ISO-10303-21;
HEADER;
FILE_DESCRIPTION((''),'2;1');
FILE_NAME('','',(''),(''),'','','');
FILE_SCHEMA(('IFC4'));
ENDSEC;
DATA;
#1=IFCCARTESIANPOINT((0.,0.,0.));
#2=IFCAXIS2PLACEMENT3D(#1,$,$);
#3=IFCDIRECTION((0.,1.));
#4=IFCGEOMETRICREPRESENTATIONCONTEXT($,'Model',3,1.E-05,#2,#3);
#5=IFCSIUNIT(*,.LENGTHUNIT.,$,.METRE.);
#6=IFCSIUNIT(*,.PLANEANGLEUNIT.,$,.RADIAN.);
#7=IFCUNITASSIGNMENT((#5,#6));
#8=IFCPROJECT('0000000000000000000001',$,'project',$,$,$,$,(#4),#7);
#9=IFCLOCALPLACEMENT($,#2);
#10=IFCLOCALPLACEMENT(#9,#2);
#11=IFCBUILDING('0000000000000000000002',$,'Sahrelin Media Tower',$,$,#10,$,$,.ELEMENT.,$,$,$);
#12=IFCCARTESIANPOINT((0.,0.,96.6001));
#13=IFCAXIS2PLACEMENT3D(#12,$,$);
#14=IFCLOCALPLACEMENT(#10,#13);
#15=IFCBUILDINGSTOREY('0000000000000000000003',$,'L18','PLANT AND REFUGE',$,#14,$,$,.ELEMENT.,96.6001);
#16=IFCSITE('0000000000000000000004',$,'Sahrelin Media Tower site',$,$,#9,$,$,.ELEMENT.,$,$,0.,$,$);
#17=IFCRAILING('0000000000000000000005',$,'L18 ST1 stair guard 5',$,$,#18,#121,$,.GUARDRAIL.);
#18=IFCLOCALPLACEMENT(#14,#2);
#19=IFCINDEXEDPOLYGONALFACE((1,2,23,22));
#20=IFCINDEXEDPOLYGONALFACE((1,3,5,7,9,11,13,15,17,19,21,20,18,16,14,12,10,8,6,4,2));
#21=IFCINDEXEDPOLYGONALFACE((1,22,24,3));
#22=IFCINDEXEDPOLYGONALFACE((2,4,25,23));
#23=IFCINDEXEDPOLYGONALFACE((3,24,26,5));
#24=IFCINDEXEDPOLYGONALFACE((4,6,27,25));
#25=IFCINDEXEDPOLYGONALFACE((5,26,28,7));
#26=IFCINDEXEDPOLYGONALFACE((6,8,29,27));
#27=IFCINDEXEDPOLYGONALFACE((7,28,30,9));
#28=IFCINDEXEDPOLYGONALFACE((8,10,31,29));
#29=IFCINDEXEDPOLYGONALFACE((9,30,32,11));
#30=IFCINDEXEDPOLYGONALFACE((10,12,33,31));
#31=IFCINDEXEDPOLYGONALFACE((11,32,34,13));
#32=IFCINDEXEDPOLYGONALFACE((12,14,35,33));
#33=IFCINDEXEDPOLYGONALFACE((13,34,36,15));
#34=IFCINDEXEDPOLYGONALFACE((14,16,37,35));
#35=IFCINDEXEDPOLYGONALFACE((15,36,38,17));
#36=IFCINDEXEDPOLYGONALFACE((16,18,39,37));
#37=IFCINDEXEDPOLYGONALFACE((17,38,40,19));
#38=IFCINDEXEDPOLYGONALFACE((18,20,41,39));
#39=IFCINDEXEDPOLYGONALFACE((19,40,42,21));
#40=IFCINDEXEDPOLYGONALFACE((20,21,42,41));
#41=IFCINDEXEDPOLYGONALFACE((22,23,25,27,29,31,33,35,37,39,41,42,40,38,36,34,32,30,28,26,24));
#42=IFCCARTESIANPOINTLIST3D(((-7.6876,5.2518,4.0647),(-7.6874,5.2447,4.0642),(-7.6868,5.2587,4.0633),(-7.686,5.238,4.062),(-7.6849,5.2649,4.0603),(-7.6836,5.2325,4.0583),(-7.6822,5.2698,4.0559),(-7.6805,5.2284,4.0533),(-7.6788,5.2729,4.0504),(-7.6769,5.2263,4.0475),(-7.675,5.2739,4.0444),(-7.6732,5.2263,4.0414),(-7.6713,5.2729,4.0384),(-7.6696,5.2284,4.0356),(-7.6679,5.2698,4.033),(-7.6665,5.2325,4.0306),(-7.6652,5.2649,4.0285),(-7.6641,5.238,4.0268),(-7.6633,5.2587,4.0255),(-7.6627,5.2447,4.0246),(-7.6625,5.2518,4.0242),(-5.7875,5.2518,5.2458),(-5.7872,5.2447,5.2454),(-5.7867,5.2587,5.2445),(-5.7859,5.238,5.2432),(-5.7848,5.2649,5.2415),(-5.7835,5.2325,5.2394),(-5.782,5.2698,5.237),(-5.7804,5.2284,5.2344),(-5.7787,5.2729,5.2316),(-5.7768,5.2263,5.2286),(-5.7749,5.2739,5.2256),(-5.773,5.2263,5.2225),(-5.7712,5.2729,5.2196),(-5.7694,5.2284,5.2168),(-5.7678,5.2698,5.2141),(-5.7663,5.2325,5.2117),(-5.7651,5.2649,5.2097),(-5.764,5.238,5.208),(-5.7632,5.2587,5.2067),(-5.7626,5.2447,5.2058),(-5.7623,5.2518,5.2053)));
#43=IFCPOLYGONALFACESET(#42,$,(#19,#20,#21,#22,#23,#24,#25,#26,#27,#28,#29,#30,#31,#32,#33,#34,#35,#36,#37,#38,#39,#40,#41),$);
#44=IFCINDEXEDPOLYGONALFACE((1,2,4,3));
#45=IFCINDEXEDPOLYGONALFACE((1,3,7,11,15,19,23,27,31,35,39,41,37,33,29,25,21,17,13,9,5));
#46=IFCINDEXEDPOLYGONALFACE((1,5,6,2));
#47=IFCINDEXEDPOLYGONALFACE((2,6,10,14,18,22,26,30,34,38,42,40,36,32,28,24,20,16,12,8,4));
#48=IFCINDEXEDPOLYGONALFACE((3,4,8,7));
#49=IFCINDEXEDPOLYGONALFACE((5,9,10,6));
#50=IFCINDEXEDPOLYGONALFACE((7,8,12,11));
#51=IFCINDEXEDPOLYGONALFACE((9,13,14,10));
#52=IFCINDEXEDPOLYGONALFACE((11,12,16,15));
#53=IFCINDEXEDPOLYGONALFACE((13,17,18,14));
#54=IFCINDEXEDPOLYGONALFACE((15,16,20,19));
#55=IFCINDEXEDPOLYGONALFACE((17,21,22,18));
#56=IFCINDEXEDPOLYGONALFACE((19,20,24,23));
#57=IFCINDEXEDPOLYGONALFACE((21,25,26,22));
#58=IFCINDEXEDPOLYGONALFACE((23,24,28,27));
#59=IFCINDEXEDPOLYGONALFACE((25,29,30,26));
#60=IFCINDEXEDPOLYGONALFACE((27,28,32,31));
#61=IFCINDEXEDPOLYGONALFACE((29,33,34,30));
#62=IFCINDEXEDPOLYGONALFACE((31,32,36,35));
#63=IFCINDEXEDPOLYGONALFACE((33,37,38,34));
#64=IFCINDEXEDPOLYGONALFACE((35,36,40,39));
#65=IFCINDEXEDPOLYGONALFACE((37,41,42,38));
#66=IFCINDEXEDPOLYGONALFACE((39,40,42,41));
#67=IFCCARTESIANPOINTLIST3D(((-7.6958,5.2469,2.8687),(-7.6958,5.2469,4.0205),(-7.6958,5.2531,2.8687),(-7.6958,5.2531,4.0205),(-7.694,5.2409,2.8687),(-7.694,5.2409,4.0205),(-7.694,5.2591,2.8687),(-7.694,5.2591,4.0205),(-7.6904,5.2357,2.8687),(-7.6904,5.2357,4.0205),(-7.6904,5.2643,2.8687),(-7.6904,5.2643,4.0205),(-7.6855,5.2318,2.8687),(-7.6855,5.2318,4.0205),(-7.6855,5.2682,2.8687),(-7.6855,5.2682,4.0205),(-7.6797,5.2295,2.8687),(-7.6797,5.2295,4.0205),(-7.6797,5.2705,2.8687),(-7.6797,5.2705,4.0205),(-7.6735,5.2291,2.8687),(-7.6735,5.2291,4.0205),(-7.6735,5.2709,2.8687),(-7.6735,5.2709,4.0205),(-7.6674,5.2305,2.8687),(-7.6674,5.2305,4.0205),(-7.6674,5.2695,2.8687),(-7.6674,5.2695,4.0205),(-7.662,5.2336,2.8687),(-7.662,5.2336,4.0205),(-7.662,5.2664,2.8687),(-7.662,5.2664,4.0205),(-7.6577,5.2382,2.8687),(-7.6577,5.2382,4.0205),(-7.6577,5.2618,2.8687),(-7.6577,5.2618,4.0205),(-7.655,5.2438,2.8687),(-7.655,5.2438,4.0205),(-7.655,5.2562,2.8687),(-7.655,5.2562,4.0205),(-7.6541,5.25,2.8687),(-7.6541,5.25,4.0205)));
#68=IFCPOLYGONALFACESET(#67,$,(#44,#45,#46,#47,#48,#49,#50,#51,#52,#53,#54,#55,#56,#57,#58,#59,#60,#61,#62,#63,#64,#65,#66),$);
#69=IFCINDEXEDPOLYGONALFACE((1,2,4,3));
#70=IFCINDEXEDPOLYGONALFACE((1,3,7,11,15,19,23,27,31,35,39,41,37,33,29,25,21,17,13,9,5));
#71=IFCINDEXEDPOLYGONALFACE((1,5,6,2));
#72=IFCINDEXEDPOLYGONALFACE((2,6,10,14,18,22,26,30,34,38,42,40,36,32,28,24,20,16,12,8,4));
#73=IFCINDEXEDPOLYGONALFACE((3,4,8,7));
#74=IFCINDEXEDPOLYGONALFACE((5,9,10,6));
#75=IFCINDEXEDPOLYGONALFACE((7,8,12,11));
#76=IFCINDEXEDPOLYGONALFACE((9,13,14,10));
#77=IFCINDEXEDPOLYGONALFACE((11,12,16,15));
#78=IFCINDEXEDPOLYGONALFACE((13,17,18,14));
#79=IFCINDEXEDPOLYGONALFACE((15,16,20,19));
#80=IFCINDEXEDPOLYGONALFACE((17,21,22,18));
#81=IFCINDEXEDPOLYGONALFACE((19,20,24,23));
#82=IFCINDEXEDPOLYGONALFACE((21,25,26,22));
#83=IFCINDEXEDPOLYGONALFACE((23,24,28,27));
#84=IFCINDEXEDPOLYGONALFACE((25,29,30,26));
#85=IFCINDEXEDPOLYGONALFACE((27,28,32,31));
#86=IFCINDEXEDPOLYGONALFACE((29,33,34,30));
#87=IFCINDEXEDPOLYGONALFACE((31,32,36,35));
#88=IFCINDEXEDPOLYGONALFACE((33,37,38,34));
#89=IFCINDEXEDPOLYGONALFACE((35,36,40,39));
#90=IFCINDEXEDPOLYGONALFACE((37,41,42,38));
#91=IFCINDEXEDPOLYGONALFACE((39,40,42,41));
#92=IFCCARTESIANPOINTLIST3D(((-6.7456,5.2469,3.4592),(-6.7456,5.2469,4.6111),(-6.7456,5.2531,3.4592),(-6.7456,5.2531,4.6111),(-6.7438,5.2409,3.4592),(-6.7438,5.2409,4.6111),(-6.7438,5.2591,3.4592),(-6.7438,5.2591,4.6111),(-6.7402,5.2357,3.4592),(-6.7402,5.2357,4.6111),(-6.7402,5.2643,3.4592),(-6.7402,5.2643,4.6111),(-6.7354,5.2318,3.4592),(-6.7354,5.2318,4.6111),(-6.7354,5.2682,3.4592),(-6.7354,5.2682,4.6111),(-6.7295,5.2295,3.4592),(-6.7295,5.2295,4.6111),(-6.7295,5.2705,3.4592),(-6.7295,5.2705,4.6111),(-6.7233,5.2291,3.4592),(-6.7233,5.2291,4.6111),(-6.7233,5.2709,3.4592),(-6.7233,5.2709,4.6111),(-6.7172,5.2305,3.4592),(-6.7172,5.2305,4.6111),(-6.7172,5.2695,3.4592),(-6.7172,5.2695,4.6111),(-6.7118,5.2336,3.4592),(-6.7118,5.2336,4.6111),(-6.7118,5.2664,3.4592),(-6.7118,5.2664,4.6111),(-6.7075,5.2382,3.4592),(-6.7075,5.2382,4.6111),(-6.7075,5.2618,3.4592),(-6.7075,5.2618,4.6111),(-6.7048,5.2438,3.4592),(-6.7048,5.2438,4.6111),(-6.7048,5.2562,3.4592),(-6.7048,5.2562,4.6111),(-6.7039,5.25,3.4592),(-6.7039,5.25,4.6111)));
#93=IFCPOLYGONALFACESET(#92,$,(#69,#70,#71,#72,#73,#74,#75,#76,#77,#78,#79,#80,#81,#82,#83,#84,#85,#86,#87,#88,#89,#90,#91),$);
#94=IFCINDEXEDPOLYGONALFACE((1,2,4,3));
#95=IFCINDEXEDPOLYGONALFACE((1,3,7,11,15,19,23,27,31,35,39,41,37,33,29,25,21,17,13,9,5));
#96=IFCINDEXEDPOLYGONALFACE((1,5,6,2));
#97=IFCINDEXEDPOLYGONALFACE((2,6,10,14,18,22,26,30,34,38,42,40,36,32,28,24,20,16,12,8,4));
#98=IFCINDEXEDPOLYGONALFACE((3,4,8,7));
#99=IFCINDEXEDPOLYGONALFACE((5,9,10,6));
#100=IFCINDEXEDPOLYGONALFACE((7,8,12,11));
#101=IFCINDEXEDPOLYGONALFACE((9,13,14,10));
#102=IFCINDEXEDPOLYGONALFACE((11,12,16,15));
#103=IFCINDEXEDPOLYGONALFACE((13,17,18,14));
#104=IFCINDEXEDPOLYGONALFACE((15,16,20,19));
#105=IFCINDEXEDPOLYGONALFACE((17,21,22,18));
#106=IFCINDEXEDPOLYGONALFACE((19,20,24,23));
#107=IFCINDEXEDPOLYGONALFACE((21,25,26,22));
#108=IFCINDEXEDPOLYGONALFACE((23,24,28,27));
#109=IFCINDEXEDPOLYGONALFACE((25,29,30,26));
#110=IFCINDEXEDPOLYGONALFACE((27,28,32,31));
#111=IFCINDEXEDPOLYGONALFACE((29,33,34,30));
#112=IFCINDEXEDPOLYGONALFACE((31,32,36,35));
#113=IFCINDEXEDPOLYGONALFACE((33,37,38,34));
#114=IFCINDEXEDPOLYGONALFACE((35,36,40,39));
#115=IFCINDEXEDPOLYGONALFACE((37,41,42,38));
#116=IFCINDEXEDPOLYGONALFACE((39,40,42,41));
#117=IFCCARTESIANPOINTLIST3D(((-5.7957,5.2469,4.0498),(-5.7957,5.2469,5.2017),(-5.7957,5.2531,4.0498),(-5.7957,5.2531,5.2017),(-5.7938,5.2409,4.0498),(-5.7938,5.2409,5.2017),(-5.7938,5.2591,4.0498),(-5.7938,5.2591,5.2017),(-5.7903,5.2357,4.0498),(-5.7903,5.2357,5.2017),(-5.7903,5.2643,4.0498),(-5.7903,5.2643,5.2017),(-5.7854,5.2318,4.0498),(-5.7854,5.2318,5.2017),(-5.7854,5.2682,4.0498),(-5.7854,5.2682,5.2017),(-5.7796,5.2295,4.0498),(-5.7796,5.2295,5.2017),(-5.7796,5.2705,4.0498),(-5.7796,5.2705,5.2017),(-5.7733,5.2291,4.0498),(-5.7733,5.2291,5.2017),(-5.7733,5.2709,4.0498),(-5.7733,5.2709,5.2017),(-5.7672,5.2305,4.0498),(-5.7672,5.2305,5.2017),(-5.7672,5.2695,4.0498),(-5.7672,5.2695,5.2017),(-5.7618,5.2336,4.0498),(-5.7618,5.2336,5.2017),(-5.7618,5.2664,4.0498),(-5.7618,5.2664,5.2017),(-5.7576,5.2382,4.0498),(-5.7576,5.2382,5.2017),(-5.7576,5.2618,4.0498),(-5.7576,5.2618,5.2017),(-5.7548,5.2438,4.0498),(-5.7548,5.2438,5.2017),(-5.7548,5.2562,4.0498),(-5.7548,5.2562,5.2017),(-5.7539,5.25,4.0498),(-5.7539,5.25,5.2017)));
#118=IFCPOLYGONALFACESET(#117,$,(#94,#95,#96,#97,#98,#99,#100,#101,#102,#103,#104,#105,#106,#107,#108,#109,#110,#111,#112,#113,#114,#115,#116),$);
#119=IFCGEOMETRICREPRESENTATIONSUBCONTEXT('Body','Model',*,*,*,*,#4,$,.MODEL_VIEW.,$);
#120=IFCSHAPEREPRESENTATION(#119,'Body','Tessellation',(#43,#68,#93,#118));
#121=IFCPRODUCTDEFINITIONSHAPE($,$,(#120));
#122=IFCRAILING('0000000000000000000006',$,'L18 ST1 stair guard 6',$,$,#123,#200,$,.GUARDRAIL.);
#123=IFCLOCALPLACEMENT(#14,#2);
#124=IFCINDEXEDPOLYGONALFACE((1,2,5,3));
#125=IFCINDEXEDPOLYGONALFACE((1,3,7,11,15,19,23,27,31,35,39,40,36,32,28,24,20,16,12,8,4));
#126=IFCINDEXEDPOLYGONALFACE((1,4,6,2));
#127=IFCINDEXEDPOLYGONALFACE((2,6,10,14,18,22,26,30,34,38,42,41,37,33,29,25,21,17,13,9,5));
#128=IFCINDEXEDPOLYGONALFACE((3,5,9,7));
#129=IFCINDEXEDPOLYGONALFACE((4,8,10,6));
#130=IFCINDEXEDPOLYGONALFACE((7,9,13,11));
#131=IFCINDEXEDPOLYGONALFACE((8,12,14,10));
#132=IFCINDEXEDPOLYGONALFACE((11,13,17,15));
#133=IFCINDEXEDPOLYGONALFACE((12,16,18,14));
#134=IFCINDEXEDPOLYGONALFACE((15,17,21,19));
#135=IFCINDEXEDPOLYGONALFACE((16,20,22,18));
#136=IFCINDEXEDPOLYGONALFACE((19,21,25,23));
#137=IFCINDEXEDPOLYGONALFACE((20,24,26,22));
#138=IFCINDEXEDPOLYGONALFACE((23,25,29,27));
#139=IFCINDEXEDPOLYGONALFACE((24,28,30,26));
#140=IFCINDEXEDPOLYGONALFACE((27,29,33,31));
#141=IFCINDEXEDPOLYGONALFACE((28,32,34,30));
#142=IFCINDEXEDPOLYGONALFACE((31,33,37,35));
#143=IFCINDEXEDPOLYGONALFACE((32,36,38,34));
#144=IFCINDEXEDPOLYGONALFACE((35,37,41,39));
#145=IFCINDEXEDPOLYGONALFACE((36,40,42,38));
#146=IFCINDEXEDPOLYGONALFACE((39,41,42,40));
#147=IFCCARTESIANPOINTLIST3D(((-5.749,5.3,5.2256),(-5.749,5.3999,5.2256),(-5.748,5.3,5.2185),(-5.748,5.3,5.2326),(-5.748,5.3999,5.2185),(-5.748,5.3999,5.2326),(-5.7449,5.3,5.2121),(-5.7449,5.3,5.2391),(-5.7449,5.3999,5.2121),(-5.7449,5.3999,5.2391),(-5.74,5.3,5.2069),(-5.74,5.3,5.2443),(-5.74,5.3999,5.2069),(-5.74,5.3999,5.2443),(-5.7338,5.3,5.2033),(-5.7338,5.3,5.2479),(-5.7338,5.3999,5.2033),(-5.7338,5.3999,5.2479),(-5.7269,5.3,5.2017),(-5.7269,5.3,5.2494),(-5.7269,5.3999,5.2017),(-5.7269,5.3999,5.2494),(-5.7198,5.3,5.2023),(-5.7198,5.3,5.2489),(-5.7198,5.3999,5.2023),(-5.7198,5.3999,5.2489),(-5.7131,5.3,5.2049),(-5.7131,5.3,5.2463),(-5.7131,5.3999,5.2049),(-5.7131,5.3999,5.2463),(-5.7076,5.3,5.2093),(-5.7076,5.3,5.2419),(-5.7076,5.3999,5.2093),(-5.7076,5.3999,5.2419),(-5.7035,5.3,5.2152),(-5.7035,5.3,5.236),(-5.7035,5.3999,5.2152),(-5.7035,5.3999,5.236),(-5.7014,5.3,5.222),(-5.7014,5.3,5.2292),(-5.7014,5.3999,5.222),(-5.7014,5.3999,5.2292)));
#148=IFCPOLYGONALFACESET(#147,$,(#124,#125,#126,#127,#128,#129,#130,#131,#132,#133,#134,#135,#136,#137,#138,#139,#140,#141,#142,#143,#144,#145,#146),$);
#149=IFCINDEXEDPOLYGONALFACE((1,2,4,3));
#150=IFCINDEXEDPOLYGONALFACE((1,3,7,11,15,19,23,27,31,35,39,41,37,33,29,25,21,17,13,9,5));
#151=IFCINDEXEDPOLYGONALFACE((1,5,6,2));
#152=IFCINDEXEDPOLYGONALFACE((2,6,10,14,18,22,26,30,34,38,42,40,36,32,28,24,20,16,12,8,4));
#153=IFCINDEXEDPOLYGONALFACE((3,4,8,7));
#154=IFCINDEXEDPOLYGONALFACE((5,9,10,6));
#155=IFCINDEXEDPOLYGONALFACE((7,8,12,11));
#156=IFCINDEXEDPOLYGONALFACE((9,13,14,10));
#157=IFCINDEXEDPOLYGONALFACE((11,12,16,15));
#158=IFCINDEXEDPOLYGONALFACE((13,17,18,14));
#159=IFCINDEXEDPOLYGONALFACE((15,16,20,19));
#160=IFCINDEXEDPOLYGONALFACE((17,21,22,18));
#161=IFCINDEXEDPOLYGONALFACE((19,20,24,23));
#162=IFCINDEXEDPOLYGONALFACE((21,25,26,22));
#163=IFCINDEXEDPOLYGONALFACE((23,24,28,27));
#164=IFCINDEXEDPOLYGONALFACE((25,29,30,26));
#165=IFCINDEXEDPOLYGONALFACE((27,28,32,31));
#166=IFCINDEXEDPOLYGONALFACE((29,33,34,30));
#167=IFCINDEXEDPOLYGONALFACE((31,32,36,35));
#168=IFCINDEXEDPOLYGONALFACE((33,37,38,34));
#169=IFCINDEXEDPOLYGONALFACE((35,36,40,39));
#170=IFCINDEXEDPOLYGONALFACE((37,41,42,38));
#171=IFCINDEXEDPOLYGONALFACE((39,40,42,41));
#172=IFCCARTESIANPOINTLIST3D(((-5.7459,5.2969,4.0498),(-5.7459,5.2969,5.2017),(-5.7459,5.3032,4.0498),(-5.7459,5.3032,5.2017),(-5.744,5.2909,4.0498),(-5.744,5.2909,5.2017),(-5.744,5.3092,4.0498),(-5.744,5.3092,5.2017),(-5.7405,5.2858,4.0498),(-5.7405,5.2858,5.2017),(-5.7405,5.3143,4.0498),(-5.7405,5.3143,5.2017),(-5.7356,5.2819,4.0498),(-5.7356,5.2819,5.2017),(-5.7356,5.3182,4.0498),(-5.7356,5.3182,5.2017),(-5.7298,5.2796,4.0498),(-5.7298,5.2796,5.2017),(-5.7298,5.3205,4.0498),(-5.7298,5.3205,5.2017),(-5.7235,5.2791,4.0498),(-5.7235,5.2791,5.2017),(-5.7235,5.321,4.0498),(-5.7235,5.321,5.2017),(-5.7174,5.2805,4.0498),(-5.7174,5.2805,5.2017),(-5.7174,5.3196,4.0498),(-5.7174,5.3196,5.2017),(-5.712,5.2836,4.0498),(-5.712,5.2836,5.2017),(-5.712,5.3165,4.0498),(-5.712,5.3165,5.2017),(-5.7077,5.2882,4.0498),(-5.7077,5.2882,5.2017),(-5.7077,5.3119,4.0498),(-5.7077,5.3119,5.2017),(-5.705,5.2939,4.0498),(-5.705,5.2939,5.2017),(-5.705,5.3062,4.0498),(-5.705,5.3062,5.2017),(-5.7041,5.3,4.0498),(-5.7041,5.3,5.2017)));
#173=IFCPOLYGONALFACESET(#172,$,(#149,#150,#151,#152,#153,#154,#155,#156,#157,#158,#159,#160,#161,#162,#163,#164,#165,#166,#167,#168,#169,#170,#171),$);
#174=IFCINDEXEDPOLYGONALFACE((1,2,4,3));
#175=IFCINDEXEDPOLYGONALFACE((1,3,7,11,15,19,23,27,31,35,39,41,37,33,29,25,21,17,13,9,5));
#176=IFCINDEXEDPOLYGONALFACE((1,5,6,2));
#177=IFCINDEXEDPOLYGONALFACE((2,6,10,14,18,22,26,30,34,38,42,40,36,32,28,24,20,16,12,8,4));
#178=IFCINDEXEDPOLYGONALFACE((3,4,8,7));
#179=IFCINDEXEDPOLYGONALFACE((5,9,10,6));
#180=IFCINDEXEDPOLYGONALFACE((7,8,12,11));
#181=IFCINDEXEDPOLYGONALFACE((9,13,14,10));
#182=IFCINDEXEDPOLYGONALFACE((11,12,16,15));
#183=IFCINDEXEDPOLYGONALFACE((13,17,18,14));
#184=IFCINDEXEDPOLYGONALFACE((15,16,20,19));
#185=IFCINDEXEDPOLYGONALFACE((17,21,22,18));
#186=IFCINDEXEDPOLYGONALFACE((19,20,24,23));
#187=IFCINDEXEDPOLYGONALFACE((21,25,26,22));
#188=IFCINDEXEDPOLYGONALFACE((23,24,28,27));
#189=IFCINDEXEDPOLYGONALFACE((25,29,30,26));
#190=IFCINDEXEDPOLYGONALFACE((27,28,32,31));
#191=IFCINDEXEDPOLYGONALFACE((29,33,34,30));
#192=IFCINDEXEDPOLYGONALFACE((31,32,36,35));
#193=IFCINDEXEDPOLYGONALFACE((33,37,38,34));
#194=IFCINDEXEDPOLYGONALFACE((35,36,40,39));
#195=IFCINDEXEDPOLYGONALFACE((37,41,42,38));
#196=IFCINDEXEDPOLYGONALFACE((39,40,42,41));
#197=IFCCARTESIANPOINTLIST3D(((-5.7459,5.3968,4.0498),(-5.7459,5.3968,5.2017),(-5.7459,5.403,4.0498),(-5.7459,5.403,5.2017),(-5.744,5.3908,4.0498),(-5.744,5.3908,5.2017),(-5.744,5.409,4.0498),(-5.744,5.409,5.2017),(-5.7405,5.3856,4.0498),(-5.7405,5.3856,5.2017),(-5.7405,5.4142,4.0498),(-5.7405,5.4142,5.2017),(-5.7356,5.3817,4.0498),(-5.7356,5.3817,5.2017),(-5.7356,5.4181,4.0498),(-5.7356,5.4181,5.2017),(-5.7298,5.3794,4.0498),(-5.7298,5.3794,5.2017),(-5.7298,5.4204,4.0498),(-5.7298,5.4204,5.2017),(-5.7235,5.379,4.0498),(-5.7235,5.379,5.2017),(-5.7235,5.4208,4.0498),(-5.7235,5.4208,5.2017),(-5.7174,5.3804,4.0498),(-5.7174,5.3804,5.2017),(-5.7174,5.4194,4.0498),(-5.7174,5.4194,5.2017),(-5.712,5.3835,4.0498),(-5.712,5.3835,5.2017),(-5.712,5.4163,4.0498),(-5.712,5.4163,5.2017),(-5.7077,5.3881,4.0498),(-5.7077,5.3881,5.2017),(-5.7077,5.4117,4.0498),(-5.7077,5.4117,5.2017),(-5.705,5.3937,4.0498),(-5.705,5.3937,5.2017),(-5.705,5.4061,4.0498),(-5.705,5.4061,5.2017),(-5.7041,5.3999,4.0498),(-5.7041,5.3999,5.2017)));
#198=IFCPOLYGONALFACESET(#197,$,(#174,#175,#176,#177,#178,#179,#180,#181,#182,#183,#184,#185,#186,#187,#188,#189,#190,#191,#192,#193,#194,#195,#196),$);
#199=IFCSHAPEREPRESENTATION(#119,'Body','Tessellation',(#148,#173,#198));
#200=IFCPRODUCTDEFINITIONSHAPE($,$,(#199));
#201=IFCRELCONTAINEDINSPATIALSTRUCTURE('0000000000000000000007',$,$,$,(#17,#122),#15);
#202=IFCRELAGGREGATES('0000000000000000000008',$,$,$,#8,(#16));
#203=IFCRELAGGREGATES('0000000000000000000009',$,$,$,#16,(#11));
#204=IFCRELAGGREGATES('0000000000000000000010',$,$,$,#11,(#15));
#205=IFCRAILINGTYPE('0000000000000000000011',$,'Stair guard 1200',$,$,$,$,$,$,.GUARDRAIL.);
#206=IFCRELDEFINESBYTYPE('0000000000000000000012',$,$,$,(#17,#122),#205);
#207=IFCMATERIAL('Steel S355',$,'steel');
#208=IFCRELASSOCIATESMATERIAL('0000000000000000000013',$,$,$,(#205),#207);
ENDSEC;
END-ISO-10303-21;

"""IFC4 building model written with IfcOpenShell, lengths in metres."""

from ifc_helpers import new_model, si_unit, direction, frame, origin, origin_2d, place, context, subcontext, project, spatial, circle, extrude, material, type_object, element, save


model = new_model("IFC4")

# Units and contexts
model_context = context("Model", 3, precision=1e-05, world=origin(), true_north=direction((0.0, 1.0)))
body_context = subcontext(model_context, "Body", "Model", "MODEL_VIEW")
ifc_project = project(units=[si_unit("LENGTHUNIT", "METRE"), si_unit("PLANEANGLEUNIT", "RADIAN")], contexts=[model_context])

# Site, building, storey
site_placement = place(None, origin())
site = spatial("IfcSite", under=ifc_project, at=site_placement, Name="Sahrelin Media Tower site", CompositionType="ELEMENT", RefElevation=0.0)
building_placement = place(site_placement, origin())
building = spatial("IfcBuilding", under=site, at=building_placement, Name="Sahrelin Media Tower", CompositionType="ELEMENT")
storey_placement = place(building_placement, frame((0.0, 0.0, 96.6001)))
storey = spatial("IfcBuildingStorey", under=building, at=storey_placement, Name="L18", Description="PLANT AND REFUGE", CompositionType="ELEMENT", Elevation=96.6001)

# Railings
ifc_material_1 = material(Name="Steel S355", Category="steel")
railing_type_1 = type_object("IfcRailingType", Name="Stair guard 1200", PredefinedType="GUARDRAIL", material=ifc_material_1)
railing_1_placement = place(storey_placement, frame((-7.675, 5.25, 2.8687)))
element("IfcRailing", 1, at=railing_1_placement, inside=storey, type_object=railing_type_1, Name="L18 ST1 stair guard 5", PredefinedType="GUARDRAIL", context=body_context, shape_type="SweptSolid", body=[
    extrude(circle(Radius=0.0239, at=origin_2d()), frame((0.0, 0.0, 1.1758), z_axis=(0.849289, 0.0, 0.527928), x_axis=(0.0, 1.0, 0.0)), (0.0, 0.0, 1.0), 2.2373),
    extrude(circle(Radius=0.021, at=origin_2d()), origin(), (0.0, 0.0, 1.0), 1.1519),
    extrude(circle(Radius=0.021, at=origin_2d()), frame((0.9502, 0.0, 0.5906)), (0.0, 0.0, 1.0), 1.1519),
    extrude(circle(Radius=0.021, at=origin_2d()), frame((1.9001, 0.0, 1.1812)), (0.0, 0.0, 1.0), 1.1519),
])
railing_2_placement = place(storey_placement, frame((-5.7251, 5.3, 4.0498)))
element("IfcRailing", 2, at=railing_2_placement, inside=storey, type_object=railing_type_1, Name="L18 ST1 stair guard 6", PredefinedType="GUARDRAIL", context=body_context, shape_type="SweptSolid", body=[
    extrude(circle(Radius=0.0239, at=origin_2d()), frame((0.0, 0.0, 1.1758), z_axis=(0.0, 1.0, 0.0), x_axis=(-1.0, 0.0, 0.0)), (0.0, 0.0, 1.0), 0.0999),
    extrude(circle(Radius=0.021, at=origin_2d()), origin(), (0.0, 0.0, 1.0), 1.1519),
    extrude(circle(Radius=0.021, at=origin_2d()), frame((0.0, 0.0999, 0.0)), (0.0, 0.0, 1.0), 1.1519),
])

save(model, "model.ifc")
